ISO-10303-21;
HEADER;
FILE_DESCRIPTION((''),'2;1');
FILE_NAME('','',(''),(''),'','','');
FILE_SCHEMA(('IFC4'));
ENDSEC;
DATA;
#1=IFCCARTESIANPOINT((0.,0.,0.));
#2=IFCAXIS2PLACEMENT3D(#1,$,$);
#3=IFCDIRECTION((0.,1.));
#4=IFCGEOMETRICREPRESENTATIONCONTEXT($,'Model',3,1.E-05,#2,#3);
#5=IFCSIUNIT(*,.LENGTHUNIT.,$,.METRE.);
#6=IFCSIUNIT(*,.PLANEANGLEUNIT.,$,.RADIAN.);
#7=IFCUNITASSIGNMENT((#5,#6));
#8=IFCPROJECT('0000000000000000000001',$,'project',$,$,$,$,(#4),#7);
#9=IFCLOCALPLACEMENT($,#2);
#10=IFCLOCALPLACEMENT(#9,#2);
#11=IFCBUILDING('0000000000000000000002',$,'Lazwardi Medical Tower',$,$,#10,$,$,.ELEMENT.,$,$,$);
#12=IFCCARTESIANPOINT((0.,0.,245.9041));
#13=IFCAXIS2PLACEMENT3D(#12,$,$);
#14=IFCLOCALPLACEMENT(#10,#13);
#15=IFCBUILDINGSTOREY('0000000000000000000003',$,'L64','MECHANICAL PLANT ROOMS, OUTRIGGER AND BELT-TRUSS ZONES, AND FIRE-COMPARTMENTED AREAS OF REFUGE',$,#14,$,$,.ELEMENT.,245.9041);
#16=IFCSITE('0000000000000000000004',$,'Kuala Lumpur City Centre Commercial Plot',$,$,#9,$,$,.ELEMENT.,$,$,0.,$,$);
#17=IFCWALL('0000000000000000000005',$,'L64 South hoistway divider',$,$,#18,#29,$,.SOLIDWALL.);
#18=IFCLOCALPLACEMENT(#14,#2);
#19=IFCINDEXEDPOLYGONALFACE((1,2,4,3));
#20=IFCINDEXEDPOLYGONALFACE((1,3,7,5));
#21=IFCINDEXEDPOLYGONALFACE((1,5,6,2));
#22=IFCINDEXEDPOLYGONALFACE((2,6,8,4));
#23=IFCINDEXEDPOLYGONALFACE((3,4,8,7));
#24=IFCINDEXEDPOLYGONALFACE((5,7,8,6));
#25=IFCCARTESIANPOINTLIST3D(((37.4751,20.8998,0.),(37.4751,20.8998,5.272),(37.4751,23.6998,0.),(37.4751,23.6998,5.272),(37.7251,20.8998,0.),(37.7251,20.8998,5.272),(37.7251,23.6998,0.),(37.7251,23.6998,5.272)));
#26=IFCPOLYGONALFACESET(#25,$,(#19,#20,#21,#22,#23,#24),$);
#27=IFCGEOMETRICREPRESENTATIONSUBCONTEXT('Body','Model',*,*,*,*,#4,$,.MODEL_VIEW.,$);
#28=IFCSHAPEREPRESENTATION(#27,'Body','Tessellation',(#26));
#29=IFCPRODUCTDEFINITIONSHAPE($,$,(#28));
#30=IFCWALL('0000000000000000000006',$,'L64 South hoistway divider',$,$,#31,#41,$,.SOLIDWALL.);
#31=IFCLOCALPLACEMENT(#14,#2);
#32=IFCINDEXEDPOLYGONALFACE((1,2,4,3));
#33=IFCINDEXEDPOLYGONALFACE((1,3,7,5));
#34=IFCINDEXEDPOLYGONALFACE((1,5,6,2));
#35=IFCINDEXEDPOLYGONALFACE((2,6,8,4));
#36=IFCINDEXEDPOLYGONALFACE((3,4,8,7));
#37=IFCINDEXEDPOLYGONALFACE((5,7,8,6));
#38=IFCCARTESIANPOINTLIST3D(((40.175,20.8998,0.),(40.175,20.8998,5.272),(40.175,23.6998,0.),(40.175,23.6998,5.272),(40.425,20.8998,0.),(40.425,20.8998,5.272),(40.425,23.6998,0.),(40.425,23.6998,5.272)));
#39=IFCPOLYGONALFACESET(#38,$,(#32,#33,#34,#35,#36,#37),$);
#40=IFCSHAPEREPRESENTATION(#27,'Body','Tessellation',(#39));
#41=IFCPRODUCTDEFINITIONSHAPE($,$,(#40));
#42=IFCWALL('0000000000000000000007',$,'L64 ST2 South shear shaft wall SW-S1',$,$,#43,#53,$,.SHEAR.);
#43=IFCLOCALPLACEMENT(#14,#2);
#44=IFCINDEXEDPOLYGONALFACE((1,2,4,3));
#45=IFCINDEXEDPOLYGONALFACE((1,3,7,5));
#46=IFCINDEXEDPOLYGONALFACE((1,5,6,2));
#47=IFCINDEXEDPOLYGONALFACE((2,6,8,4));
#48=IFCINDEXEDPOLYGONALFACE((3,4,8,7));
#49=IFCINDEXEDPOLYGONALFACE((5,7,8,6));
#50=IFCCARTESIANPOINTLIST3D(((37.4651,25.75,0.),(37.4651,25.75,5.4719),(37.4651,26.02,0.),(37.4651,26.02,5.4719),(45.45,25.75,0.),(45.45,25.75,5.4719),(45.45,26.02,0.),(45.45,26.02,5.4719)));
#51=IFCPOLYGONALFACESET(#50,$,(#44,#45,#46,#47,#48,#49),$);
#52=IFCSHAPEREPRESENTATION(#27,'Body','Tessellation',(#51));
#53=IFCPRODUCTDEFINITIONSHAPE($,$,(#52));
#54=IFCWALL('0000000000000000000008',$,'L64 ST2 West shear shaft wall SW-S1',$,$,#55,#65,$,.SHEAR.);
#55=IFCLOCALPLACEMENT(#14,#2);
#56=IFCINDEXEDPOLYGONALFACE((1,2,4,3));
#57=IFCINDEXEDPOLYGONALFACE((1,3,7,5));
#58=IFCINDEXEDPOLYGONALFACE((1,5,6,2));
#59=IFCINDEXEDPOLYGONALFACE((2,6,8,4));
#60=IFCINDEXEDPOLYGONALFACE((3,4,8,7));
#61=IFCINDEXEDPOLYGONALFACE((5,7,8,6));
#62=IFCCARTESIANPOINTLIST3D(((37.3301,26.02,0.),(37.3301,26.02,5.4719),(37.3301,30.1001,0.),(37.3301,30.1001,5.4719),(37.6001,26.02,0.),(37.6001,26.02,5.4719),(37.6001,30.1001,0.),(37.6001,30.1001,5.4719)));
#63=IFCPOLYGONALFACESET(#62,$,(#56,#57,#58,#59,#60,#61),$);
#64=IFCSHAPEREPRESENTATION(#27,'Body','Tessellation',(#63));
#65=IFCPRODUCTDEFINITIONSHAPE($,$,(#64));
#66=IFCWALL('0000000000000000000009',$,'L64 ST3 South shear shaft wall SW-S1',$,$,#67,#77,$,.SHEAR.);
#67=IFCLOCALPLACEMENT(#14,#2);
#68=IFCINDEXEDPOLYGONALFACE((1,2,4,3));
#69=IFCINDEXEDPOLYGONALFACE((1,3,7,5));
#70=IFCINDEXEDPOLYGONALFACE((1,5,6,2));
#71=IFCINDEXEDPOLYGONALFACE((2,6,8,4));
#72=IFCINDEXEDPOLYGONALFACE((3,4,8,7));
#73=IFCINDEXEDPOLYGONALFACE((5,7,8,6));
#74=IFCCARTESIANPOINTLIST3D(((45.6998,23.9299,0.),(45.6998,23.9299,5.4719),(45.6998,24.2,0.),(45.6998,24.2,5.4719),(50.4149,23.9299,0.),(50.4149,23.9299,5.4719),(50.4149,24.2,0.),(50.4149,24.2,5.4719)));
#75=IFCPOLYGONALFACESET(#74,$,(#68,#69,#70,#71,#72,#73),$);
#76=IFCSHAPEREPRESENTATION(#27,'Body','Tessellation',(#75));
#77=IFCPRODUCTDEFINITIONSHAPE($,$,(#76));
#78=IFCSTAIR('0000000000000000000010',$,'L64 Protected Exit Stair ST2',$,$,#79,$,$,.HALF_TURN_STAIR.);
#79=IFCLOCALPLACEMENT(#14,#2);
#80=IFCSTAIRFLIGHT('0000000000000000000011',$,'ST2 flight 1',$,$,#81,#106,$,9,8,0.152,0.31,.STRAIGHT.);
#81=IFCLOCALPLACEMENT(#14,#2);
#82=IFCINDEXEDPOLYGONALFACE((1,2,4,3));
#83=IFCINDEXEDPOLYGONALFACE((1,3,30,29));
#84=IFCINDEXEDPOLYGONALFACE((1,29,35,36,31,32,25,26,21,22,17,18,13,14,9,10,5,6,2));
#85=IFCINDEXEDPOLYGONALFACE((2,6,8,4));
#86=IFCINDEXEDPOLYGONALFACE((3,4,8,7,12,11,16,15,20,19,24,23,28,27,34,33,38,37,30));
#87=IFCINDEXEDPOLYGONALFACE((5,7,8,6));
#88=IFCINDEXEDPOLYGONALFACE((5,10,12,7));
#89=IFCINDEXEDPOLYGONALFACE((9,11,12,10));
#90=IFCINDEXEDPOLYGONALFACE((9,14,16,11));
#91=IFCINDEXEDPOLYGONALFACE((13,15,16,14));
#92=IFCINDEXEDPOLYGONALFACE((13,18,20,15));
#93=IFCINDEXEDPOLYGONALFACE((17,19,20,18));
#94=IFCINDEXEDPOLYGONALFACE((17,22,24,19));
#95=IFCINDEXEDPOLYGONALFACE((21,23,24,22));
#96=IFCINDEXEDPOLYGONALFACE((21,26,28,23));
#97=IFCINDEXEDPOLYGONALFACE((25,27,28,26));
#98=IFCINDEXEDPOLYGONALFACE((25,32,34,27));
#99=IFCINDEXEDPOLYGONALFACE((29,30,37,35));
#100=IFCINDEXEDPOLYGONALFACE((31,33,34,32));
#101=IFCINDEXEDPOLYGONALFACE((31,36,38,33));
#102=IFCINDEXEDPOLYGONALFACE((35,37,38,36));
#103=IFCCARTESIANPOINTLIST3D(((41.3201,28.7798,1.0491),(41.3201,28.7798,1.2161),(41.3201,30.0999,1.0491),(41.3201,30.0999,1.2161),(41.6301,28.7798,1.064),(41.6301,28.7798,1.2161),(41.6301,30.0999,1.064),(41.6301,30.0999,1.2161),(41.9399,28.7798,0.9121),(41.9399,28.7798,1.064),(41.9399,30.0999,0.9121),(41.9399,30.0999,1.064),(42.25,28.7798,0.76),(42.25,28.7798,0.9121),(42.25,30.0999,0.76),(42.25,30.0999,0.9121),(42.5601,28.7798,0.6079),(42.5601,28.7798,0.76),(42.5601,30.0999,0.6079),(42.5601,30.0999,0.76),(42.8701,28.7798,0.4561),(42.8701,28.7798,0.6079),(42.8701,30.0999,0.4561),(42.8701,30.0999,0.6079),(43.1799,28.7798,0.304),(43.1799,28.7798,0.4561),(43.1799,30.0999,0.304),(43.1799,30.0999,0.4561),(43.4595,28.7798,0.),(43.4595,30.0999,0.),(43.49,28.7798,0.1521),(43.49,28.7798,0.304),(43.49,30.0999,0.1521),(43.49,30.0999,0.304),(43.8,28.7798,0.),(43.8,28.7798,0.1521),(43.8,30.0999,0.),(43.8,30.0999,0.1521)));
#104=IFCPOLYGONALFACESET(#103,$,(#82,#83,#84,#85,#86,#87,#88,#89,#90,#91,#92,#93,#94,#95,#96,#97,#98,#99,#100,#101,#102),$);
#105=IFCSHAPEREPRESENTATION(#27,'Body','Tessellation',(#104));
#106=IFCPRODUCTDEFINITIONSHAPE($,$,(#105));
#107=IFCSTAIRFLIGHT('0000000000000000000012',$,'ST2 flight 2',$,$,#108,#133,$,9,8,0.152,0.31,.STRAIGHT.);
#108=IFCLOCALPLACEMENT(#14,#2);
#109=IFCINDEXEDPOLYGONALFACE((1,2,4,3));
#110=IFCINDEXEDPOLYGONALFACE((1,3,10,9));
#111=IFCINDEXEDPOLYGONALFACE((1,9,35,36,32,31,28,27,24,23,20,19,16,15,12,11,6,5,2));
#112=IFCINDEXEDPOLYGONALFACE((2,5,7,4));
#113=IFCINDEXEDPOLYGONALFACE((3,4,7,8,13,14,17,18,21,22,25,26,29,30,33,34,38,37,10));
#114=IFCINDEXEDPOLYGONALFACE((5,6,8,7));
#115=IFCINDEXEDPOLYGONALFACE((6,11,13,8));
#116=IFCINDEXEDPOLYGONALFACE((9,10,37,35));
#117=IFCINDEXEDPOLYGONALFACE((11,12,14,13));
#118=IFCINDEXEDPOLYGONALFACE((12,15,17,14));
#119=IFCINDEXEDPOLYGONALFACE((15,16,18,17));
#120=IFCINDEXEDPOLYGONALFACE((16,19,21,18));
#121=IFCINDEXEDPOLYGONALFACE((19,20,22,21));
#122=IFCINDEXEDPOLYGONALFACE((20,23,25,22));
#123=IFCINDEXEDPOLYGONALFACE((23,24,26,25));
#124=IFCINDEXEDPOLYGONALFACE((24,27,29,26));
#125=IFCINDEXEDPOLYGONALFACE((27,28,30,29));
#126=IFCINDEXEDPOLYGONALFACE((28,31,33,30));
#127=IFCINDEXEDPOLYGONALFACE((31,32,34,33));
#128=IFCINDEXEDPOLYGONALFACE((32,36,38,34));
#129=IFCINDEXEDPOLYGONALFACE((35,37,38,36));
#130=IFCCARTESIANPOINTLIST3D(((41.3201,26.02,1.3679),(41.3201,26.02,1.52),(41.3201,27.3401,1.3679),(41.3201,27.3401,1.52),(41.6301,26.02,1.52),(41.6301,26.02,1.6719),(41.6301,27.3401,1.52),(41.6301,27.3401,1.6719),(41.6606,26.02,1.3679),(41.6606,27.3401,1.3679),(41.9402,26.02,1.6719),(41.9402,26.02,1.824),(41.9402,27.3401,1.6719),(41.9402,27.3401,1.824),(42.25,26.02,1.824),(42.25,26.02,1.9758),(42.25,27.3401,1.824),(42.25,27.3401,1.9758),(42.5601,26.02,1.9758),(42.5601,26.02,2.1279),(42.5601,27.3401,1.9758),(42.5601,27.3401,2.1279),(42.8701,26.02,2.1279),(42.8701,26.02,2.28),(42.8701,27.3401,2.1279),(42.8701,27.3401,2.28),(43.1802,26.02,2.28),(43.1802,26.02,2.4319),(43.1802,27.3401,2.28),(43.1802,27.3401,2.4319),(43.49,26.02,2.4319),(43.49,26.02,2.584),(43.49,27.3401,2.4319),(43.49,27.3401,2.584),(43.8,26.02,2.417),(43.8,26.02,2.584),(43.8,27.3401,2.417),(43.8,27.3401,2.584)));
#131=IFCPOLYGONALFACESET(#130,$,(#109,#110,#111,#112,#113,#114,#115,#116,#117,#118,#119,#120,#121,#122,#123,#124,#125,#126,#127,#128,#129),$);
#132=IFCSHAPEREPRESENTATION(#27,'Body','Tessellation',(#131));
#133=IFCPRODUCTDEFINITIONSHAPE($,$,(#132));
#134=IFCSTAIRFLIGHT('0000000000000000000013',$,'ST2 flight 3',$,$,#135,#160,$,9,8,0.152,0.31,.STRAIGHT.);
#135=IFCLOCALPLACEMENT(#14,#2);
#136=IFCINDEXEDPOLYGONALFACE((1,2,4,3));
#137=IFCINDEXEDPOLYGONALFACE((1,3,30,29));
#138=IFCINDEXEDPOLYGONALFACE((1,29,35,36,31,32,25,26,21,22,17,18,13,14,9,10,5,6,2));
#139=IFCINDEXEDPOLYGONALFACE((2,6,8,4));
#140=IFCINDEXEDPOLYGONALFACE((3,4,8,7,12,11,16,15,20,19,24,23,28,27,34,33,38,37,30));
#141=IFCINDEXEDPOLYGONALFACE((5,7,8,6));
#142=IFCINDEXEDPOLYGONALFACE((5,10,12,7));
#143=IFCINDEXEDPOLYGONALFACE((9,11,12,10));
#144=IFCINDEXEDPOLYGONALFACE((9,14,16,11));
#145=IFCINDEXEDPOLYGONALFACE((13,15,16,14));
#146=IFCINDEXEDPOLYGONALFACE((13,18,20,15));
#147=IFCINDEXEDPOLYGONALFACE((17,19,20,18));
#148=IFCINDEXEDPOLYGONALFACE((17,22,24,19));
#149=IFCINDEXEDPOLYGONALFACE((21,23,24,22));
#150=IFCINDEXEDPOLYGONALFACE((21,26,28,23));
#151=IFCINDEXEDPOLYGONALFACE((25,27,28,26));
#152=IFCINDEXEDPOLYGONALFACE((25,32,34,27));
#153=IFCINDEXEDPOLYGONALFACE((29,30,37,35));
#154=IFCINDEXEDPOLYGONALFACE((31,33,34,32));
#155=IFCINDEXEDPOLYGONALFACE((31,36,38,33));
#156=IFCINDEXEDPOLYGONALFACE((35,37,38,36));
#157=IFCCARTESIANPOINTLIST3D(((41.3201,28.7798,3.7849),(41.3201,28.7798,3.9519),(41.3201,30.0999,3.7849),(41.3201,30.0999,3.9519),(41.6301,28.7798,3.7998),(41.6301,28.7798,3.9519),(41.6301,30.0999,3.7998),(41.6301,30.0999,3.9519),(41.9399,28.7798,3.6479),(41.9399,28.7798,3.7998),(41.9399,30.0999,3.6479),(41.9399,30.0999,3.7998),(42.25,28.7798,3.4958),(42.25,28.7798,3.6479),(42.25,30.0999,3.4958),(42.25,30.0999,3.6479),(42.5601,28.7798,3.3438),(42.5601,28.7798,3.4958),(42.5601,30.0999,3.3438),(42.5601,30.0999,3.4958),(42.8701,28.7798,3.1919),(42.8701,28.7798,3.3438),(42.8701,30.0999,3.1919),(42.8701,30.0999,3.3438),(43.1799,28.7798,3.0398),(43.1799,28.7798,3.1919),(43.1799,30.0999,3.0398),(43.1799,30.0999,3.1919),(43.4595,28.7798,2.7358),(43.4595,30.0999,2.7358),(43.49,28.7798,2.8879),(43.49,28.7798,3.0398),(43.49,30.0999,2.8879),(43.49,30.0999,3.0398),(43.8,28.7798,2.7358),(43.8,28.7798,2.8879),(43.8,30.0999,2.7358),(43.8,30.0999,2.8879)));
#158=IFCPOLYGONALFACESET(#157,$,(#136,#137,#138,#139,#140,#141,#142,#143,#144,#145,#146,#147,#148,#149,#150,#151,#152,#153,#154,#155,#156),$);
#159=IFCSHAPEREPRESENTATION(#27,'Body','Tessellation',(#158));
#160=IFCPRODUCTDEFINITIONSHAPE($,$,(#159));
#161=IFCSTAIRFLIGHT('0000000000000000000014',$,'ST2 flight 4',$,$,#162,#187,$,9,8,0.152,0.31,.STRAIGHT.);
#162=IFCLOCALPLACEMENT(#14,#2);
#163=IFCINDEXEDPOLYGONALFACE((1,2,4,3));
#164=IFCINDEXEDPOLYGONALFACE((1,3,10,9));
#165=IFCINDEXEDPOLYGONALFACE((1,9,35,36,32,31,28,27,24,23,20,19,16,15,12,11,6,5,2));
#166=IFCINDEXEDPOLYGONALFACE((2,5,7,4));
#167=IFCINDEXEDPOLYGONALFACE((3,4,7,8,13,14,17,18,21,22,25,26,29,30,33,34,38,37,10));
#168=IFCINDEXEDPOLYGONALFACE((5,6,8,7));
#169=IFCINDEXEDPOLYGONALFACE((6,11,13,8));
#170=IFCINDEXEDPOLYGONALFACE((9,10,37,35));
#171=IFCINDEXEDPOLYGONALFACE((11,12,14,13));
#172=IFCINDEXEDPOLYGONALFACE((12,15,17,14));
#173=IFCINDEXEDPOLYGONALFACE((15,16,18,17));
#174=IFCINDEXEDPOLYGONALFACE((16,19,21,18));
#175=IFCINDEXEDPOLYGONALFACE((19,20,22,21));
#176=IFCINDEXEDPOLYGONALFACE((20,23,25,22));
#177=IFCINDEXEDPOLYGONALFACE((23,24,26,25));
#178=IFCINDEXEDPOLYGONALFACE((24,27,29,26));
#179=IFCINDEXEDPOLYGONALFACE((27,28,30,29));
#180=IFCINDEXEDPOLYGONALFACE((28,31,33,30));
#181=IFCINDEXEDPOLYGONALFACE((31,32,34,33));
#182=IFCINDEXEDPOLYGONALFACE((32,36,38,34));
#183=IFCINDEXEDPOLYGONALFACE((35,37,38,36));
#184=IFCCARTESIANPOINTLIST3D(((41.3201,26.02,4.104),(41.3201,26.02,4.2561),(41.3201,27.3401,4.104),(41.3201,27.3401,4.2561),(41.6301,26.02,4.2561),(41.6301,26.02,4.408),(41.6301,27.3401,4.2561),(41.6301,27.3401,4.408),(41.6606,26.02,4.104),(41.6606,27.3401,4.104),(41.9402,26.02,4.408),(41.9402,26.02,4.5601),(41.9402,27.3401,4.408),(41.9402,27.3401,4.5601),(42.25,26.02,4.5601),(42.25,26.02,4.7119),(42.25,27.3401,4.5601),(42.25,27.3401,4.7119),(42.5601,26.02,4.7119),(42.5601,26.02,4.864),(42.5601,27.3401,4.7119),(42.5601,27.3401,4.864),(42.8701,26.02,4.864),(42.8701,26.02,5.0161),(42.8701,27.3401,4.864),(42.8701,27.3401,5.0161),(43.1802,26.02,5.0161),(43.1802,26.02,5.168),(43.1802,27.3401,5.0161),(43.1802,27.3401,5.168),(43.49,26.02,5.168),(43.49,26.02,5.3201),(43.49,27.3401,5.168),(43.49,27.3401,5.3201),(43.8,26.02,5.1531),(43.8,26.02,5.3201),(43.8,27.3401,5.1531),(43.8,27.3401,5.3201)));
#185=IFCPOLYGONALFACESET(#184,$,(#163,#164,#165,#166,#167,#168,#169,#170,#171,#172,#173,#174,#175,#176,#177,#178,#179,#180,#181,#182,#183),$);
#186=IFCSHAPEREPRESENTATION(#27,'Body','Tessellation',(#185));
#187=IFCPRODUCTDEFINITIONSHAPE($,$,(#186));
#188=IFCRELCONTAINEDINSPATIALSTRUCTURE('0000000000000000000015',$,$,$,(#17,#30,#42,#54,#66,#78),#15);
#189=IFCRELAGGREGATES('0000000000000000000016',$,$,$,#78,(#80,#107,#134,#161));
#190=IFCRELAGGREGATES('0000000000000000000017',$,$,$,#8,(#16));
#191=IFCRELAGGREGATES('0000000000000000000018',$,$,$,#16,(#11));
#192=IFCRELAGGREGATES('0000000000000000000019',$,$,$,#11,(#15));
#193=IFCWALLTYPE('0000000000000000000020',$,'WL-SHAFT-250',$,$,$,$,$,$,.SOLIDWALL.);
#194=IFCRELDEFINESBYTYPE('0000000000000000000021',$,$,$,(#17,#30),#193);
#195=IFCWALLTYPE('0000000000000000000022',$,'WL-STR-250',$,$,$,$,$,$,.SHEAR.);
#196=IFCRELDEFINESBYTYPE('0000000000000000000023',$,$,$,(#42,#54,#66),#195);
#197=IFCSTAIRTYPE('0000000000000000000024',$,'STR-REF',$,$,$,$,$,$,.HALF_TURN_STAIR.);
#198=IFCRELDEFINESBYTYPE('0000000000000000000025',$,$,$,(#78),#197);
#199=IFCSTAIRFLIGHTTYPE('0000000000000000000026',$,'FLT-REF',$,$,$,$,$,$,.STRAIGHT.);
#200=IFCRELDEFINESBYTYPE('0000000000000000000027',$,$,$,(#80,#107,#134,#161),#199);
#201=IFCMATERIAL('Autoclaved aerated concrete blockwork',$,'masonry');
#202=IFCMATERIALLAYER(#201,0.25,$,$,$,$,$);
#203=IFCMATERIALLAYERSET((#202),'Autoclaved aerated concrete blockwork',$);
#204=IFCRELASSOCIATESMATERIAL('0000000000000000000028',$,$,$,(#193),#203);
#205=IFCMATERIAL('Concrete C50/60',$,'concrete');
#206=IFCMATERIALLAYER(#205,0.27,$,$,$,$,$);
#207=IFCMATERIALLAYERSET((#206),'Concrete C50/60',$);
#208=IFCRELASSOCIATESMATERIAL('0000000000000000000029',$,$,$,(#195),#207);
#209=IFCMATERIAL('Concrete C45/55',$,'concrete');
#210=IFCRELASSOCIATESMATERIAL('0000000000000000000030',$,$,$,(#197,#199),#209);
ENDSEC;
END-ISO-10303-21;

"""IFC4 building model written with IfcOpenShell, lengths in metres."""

from ifc_helpers import new_model, si_unit, direction, frame, frame_2d, origin, place, context, subcontext, project, spatial, polyline, rectangle, outline, extrude, material, layer, layer_set, type_object, element, aggregate, save


model = new_model("IFC4")

# Units and contexts
model_context = context("Model", 3, precision=1e-05, world=origin(), true_north=direction((0.0, 1.0)))
body_context = subcontext(model_context, "Body", "Model", "MODEL_VIEW")
ifc_project = project(units=[si_unit("LENGTHUNIT", "METRE"), si_unit("PLANEANGLEUNIT", "RADIAN")], contexts=[model_context])

# Site, building, storey
site_placement = place(None, origin())
site = spatial("IfcSite", under=ifc_project, at=site_placement, Name="Kuala Lumpur City Centre Commercial Plot", CompositionType="ELEMENT", RefElevation=0.0)
building_placement = place(site_placement, origin())
building = spatial("IfcBuilding", under=site, at=building_placement, Name="Lazwardi Medical Tower", CompositionType="ELEMENT")
storey_placement = place(building_placement, frame((0.0, 0.0, 245.9041)))
storey = spatial("IfcBuildingStorey", under=building, at=storey_placement, Name="L64", Description="MECHANICAL PLANT ROOMS, OUTRIGGER AND BELT-TRUSS ZONES, AND FIRE-COMPARTMENTED AREAS OF REFUGE", CompositionType="ELEMENT", Elevation=245.9041)

# Walls
ifc_material_1 = material(Name="Autoclaved aerated concrete blockwork", Category="masonry")
ifc_layer_1 = layer(ifc_material_1, 0.25)
ifc_layer_set_1 = layer_set([ifc_layer_1], Name="Autoclaved aerated concrete blockwork")
wall_type_1 = type_object("IfcWallType", Name="WL-SHAFT-250", PredefinedType="SOLIDWALL", material=ifc_layer_set_1)
for number, where, z_axis, x_axis, name in (
    (1, (37.6001, 20.8999, 0.0), (0.0, 0.0, 1.0), (0.0, 1.0, 0.0), "L64 South hoistway divider"),
    (2, (40.3, 20.8999, 0.0), (0.0, 0.0, 1.0), (0.0, 1.0, 0.0), "L64 South hoistway divider"),
):
    element("IfcWall", number, at=place(storey_placement, frame(where, z_axis=z_axis, x_axis=x_axis)), inside=storey, type_object=wall_type_1, Name=name, PredefinedType="SOLIDWALL", context=body_context, shape_type="SweptSolid", body=[
        extrude(rectangle(XDim=2.8, YDim=0.25, at=frame_2d((1.3999, 0.0))), origin(), (0.0, 0.0, 1.0), 5.272),
    ])
ifc_material_2 = material(Name="Concrete C50/60", Category="concrete")
ifc_layer_2 = layer(ifc_material_2, 0.27)
ifc_layer_set_2 = layer_set([ifc_layer_2], Name="Concrete C50/60")
wall_type_2 = type_object("IfcWallType", Name="WL-STR-250", PredefinedType="SHEAR", material=ifc_layer_set_2)
wall_1_placement = place(storey_placement, frame((37.4651, 25.885, 0.0), z_axis=(0.0, 0.0, 1.0), x_axis=(1.0, 0.0, 0.0)))
element("IfcWall", 3, at=wall_1_placement, inside=storey, type_object=wall_type_2, Name="L64 ST2 South shear shaft wall SW-S1", PredefinedType="SHEAR", context=body_context, shape_type="SweptSolid", body=[
    extrude(rectangle(XDim=7.9849, YDim=0.27, at=frame_2d((3.9924, 0.0))), origin(), (0.0, 0.0, 1.0), 5.4719),
])
wall_2_placement = place(storey_placement, frame((37.4651, 26.02, 0.0), z_axis=(0.0, 0.0, 1.0), x_axis=(0.0, 1.0, 0.0)))
element("IfcWall", 4, at=wall_2_placement, inside=storey, type_object=wall_type_2, Name="L64 ST2 West shear shaft wall SW-S1", PredefinedType="SHEAR", context=body_context, shape_type="SweptSolid", body=[
    extrude(rectangle(XDim=4.0801, YDim=0.27, at=frame_2d((2.04, 0.0))), origin(), (0.0, 0.0, 1.0), 5.4719),
])
wall_3_placement = place(storey_placement, frame((45.7, 24.0649, 0.0), z_axis=(0.0, 0.0, 1.0), x_axis=(1.0, 0.0, 0.0)))
element("IfcWall", 5, at=wall_3_placement, inside=storey, type_object=wall_type_2, Name="L64 ST3 South shear shaft wall SW-S1", PredefinedType="SHEAR", context=body_context, shape_type="SweptSolid", body=[
    extrude(rectangle(XDim=4.7151, YDim=0.27, at=frame_2d((2.3574, 0.0))), origin(), (0.0, 0.0, 1.0), 5.4719),
])

# Stair, stair flights
ifc_material_3 = material(Name="Concrete C45/55", Category="concrete")
stair_type = type_object("IfcStairType", Name="STR-REF", PredefinedType="HALF_TURN_STAIR", material=ifc_material_3)
stair_placement = place(storey_placement, origin())
stair = element("IfcStair", 6, at=stair_placement, inside=storey, type_object=stair_type, Name="L64 Protected Exit Stair ST2", PredefinedType="HALF_TURN_STAIR")
stair_flight_type = type_object("IfcStairFlightType", Name="FLT-REF", PredefinedType="STRAIGHT", material=ifc_material_3)
stair_flight_1_placement = place(storey_placement, frame((43.8, 29.4399, 0.0), z_axis=(0.0, 0.0, 1.0), x_axis=(-1.0, 0.0, 0.0)))
stair_flight_1 = element("IfcStairFlight", 7, at=stair_flight_1_placement, type_object=stair_flight_type, Name="ST2 flight 1", NumberOfRisers=9, NumberOfTreads=8, PredefinedType="STRAIGHT", RiserHeight=0.152, TreadLength=0.31, context=body_context, shape_type="SweptSolid", body=[
    extrude(outline(polyline([(0.0, 0.0), (0.0, 0.1521), (0.3101, 0.1521), (0.3101, 0.304), (0.6201, 0.304), (0.6201, 0.4561), (0.9299, 0.4561), (0.9299, 0.6079), (1.24, 0.6079), (1.24, 0.76), (1.55, 0.76), (1.55, 0.9121), (1.8601, 0.9121), (1.8601, 1.064), (2.1699, 1.064), (2.1699, 1.2161), (2.48, 1.2161), (2.48, 1.3679), (2.48, 1.0491), (0.3406, 0.0), (0.0, 0.0)])), frame((0.0, 0.6602, 0.0), z_axis=(0.0, -1.0, 0.0), x_axis=(1.0, 0.0, 0.0)), (0.0, 0.0, 1.0), 1.3201),
])
stair_flight_2_placement = place(storey_placement, frame((41.3201, 26.6799, 1.3679), z_axis=(0.0, 0.0, 1.0), x_axis=(1.0, 0.0, 0.0)))
stair_flight_2 = element("IfcStairFlight", 8, at=stair_flight_2_placement, type_object=stair_flight_type, Name="ST2 flight 2", NumberOfRisers=9, NumberOfTreads=8, PredefinedType="STRAIGHT", RiserHeight=0.152, TreadLength=0.31, context=body_context, shape_type="SweptSolid", body=[
    extrude(outline(polyline([(0.0, 0.0), (0.0, 0.1521), (0.3101, 0.1521), (0.3101, 0.304), (0.6201, 0.304), (0.6201, 0.4561), (0.9299, 0.4561), (0.9299, 0.6079), (1.24, 0.6079), (1.24, 0.76), (1.55, 0.76), (1.55, 0.9121), (1.8601, 0.9121), (1.8601, 1.064), (2.1699, 1.064), (2.1699, 1.2161), (2.48, 1.2161), (2.48, 1.3679), (2.48, 1.0491), (0.3406, 0.0), (0.0, 0.0)])), frame((0.0, 0.6602, 0.0), z_axis=(0.0, -1.0, 0.0), x_axis=(1.0, 0.0, 0.0)), (0.0, 0.0, 1.0), 1.3201),
])
stair_flight_3_placement = place(storey_placement, frame((43.8, 29.4399, 2.7358), z_axis=(0.0, 0.0, 1.0), x_axis=(-1.0, 0.0, 0.0)))
stair_flight_3 = element("IfcStairFlight", 9, at=stair_flight_3_placement, type_object=stair_flight_type, Name="ST2 flight 3", NumberOfRisers=9, NumberOfTreads=8, PredefinedType="STRAIGHT", RiserHeight=0.152, TreadLength=0.31, context=body_context, shape_type="SweptSolid", body=[
    extrude(outline(polyline([(0.0, 0.0), (0.0, 0.1521), (0.3101, 0.1521), (0.3101, 0.304), (0.6201, 0.304), (0.6201, 0.4561), (0.9299, 0.4561), (0.9299, 0.6079), (1.24, 0.6079), (1.24, 0.76), (1.55, 0.76), (1.55, 0.9121), (1.8601, 0.9121), (1.8601, 1.064), (2.1699, 1.064), (2.1699, 1.2161), (2.48, 1.2161), (2.48, 1.3679), (2.48, 1.0491), (0.3406, 0.0), (0.0, 0.0)])), frame((0.0, 0.6602, 0.0), z_axis=(0.0, -1.0, 0.0), x_axis=(1.0, 0.0, 0.0)), (0.0, 0.0, 1.0), 1.3201),
])
stair_flight_4_placement = place(storey_placement, frame((41.3201, 26.6799, 4.104), z_axis=(0.0, 0.0, 1.0), x_axis=(1.0, 0.0, 0.0)))
stair_flight_4 = element("IfcStairFlight", 10, at=stair_flight_4_placement, type_object=stair_flight_type, Name="ST2 flight 4", NumberOfRisers=9, NumberOfTreads=8, PredefinedType="STRAIGHT", RiserHeight=0.152, TreadLength=0.31, context=body_context, shape_type="SweptSolid", body=[
    extrude(outline(polyline([(0.0, 0.0), (0.0, 0.1521), (0.3101, 0.1521), (0.3101, 0.304), (0.6201, 0.304), (0.6201, 0.4561), (0.9299, 0.4561), (0.9299, 0.6079), (1.24, 0.6079), (1.24, 0.76), (1.55, 0.76), (1.55, 0.9121), (1.8601, 0.9121), (1.8601, 1.064), (2.1699, 1.064), (2.1699, 1.2161), (2.48, 1.2161), (2.48, 1.3679), (2.48, 1.0491), (0.3406, 0.0), (0.0, 0.0)])), frame((0.0, 0.6602, 0.0), z_axis=(0.0, -1.0, 0.0), x_axis=(1.0, 0.0, 0.0)), (0.0, 0.0, 1.0), 1.3201),
])
aggregate(stair, [stair_flight_1, stair_flight_2, stair_flight_3, stair_flight_4])

save(model, "model.ifc")
